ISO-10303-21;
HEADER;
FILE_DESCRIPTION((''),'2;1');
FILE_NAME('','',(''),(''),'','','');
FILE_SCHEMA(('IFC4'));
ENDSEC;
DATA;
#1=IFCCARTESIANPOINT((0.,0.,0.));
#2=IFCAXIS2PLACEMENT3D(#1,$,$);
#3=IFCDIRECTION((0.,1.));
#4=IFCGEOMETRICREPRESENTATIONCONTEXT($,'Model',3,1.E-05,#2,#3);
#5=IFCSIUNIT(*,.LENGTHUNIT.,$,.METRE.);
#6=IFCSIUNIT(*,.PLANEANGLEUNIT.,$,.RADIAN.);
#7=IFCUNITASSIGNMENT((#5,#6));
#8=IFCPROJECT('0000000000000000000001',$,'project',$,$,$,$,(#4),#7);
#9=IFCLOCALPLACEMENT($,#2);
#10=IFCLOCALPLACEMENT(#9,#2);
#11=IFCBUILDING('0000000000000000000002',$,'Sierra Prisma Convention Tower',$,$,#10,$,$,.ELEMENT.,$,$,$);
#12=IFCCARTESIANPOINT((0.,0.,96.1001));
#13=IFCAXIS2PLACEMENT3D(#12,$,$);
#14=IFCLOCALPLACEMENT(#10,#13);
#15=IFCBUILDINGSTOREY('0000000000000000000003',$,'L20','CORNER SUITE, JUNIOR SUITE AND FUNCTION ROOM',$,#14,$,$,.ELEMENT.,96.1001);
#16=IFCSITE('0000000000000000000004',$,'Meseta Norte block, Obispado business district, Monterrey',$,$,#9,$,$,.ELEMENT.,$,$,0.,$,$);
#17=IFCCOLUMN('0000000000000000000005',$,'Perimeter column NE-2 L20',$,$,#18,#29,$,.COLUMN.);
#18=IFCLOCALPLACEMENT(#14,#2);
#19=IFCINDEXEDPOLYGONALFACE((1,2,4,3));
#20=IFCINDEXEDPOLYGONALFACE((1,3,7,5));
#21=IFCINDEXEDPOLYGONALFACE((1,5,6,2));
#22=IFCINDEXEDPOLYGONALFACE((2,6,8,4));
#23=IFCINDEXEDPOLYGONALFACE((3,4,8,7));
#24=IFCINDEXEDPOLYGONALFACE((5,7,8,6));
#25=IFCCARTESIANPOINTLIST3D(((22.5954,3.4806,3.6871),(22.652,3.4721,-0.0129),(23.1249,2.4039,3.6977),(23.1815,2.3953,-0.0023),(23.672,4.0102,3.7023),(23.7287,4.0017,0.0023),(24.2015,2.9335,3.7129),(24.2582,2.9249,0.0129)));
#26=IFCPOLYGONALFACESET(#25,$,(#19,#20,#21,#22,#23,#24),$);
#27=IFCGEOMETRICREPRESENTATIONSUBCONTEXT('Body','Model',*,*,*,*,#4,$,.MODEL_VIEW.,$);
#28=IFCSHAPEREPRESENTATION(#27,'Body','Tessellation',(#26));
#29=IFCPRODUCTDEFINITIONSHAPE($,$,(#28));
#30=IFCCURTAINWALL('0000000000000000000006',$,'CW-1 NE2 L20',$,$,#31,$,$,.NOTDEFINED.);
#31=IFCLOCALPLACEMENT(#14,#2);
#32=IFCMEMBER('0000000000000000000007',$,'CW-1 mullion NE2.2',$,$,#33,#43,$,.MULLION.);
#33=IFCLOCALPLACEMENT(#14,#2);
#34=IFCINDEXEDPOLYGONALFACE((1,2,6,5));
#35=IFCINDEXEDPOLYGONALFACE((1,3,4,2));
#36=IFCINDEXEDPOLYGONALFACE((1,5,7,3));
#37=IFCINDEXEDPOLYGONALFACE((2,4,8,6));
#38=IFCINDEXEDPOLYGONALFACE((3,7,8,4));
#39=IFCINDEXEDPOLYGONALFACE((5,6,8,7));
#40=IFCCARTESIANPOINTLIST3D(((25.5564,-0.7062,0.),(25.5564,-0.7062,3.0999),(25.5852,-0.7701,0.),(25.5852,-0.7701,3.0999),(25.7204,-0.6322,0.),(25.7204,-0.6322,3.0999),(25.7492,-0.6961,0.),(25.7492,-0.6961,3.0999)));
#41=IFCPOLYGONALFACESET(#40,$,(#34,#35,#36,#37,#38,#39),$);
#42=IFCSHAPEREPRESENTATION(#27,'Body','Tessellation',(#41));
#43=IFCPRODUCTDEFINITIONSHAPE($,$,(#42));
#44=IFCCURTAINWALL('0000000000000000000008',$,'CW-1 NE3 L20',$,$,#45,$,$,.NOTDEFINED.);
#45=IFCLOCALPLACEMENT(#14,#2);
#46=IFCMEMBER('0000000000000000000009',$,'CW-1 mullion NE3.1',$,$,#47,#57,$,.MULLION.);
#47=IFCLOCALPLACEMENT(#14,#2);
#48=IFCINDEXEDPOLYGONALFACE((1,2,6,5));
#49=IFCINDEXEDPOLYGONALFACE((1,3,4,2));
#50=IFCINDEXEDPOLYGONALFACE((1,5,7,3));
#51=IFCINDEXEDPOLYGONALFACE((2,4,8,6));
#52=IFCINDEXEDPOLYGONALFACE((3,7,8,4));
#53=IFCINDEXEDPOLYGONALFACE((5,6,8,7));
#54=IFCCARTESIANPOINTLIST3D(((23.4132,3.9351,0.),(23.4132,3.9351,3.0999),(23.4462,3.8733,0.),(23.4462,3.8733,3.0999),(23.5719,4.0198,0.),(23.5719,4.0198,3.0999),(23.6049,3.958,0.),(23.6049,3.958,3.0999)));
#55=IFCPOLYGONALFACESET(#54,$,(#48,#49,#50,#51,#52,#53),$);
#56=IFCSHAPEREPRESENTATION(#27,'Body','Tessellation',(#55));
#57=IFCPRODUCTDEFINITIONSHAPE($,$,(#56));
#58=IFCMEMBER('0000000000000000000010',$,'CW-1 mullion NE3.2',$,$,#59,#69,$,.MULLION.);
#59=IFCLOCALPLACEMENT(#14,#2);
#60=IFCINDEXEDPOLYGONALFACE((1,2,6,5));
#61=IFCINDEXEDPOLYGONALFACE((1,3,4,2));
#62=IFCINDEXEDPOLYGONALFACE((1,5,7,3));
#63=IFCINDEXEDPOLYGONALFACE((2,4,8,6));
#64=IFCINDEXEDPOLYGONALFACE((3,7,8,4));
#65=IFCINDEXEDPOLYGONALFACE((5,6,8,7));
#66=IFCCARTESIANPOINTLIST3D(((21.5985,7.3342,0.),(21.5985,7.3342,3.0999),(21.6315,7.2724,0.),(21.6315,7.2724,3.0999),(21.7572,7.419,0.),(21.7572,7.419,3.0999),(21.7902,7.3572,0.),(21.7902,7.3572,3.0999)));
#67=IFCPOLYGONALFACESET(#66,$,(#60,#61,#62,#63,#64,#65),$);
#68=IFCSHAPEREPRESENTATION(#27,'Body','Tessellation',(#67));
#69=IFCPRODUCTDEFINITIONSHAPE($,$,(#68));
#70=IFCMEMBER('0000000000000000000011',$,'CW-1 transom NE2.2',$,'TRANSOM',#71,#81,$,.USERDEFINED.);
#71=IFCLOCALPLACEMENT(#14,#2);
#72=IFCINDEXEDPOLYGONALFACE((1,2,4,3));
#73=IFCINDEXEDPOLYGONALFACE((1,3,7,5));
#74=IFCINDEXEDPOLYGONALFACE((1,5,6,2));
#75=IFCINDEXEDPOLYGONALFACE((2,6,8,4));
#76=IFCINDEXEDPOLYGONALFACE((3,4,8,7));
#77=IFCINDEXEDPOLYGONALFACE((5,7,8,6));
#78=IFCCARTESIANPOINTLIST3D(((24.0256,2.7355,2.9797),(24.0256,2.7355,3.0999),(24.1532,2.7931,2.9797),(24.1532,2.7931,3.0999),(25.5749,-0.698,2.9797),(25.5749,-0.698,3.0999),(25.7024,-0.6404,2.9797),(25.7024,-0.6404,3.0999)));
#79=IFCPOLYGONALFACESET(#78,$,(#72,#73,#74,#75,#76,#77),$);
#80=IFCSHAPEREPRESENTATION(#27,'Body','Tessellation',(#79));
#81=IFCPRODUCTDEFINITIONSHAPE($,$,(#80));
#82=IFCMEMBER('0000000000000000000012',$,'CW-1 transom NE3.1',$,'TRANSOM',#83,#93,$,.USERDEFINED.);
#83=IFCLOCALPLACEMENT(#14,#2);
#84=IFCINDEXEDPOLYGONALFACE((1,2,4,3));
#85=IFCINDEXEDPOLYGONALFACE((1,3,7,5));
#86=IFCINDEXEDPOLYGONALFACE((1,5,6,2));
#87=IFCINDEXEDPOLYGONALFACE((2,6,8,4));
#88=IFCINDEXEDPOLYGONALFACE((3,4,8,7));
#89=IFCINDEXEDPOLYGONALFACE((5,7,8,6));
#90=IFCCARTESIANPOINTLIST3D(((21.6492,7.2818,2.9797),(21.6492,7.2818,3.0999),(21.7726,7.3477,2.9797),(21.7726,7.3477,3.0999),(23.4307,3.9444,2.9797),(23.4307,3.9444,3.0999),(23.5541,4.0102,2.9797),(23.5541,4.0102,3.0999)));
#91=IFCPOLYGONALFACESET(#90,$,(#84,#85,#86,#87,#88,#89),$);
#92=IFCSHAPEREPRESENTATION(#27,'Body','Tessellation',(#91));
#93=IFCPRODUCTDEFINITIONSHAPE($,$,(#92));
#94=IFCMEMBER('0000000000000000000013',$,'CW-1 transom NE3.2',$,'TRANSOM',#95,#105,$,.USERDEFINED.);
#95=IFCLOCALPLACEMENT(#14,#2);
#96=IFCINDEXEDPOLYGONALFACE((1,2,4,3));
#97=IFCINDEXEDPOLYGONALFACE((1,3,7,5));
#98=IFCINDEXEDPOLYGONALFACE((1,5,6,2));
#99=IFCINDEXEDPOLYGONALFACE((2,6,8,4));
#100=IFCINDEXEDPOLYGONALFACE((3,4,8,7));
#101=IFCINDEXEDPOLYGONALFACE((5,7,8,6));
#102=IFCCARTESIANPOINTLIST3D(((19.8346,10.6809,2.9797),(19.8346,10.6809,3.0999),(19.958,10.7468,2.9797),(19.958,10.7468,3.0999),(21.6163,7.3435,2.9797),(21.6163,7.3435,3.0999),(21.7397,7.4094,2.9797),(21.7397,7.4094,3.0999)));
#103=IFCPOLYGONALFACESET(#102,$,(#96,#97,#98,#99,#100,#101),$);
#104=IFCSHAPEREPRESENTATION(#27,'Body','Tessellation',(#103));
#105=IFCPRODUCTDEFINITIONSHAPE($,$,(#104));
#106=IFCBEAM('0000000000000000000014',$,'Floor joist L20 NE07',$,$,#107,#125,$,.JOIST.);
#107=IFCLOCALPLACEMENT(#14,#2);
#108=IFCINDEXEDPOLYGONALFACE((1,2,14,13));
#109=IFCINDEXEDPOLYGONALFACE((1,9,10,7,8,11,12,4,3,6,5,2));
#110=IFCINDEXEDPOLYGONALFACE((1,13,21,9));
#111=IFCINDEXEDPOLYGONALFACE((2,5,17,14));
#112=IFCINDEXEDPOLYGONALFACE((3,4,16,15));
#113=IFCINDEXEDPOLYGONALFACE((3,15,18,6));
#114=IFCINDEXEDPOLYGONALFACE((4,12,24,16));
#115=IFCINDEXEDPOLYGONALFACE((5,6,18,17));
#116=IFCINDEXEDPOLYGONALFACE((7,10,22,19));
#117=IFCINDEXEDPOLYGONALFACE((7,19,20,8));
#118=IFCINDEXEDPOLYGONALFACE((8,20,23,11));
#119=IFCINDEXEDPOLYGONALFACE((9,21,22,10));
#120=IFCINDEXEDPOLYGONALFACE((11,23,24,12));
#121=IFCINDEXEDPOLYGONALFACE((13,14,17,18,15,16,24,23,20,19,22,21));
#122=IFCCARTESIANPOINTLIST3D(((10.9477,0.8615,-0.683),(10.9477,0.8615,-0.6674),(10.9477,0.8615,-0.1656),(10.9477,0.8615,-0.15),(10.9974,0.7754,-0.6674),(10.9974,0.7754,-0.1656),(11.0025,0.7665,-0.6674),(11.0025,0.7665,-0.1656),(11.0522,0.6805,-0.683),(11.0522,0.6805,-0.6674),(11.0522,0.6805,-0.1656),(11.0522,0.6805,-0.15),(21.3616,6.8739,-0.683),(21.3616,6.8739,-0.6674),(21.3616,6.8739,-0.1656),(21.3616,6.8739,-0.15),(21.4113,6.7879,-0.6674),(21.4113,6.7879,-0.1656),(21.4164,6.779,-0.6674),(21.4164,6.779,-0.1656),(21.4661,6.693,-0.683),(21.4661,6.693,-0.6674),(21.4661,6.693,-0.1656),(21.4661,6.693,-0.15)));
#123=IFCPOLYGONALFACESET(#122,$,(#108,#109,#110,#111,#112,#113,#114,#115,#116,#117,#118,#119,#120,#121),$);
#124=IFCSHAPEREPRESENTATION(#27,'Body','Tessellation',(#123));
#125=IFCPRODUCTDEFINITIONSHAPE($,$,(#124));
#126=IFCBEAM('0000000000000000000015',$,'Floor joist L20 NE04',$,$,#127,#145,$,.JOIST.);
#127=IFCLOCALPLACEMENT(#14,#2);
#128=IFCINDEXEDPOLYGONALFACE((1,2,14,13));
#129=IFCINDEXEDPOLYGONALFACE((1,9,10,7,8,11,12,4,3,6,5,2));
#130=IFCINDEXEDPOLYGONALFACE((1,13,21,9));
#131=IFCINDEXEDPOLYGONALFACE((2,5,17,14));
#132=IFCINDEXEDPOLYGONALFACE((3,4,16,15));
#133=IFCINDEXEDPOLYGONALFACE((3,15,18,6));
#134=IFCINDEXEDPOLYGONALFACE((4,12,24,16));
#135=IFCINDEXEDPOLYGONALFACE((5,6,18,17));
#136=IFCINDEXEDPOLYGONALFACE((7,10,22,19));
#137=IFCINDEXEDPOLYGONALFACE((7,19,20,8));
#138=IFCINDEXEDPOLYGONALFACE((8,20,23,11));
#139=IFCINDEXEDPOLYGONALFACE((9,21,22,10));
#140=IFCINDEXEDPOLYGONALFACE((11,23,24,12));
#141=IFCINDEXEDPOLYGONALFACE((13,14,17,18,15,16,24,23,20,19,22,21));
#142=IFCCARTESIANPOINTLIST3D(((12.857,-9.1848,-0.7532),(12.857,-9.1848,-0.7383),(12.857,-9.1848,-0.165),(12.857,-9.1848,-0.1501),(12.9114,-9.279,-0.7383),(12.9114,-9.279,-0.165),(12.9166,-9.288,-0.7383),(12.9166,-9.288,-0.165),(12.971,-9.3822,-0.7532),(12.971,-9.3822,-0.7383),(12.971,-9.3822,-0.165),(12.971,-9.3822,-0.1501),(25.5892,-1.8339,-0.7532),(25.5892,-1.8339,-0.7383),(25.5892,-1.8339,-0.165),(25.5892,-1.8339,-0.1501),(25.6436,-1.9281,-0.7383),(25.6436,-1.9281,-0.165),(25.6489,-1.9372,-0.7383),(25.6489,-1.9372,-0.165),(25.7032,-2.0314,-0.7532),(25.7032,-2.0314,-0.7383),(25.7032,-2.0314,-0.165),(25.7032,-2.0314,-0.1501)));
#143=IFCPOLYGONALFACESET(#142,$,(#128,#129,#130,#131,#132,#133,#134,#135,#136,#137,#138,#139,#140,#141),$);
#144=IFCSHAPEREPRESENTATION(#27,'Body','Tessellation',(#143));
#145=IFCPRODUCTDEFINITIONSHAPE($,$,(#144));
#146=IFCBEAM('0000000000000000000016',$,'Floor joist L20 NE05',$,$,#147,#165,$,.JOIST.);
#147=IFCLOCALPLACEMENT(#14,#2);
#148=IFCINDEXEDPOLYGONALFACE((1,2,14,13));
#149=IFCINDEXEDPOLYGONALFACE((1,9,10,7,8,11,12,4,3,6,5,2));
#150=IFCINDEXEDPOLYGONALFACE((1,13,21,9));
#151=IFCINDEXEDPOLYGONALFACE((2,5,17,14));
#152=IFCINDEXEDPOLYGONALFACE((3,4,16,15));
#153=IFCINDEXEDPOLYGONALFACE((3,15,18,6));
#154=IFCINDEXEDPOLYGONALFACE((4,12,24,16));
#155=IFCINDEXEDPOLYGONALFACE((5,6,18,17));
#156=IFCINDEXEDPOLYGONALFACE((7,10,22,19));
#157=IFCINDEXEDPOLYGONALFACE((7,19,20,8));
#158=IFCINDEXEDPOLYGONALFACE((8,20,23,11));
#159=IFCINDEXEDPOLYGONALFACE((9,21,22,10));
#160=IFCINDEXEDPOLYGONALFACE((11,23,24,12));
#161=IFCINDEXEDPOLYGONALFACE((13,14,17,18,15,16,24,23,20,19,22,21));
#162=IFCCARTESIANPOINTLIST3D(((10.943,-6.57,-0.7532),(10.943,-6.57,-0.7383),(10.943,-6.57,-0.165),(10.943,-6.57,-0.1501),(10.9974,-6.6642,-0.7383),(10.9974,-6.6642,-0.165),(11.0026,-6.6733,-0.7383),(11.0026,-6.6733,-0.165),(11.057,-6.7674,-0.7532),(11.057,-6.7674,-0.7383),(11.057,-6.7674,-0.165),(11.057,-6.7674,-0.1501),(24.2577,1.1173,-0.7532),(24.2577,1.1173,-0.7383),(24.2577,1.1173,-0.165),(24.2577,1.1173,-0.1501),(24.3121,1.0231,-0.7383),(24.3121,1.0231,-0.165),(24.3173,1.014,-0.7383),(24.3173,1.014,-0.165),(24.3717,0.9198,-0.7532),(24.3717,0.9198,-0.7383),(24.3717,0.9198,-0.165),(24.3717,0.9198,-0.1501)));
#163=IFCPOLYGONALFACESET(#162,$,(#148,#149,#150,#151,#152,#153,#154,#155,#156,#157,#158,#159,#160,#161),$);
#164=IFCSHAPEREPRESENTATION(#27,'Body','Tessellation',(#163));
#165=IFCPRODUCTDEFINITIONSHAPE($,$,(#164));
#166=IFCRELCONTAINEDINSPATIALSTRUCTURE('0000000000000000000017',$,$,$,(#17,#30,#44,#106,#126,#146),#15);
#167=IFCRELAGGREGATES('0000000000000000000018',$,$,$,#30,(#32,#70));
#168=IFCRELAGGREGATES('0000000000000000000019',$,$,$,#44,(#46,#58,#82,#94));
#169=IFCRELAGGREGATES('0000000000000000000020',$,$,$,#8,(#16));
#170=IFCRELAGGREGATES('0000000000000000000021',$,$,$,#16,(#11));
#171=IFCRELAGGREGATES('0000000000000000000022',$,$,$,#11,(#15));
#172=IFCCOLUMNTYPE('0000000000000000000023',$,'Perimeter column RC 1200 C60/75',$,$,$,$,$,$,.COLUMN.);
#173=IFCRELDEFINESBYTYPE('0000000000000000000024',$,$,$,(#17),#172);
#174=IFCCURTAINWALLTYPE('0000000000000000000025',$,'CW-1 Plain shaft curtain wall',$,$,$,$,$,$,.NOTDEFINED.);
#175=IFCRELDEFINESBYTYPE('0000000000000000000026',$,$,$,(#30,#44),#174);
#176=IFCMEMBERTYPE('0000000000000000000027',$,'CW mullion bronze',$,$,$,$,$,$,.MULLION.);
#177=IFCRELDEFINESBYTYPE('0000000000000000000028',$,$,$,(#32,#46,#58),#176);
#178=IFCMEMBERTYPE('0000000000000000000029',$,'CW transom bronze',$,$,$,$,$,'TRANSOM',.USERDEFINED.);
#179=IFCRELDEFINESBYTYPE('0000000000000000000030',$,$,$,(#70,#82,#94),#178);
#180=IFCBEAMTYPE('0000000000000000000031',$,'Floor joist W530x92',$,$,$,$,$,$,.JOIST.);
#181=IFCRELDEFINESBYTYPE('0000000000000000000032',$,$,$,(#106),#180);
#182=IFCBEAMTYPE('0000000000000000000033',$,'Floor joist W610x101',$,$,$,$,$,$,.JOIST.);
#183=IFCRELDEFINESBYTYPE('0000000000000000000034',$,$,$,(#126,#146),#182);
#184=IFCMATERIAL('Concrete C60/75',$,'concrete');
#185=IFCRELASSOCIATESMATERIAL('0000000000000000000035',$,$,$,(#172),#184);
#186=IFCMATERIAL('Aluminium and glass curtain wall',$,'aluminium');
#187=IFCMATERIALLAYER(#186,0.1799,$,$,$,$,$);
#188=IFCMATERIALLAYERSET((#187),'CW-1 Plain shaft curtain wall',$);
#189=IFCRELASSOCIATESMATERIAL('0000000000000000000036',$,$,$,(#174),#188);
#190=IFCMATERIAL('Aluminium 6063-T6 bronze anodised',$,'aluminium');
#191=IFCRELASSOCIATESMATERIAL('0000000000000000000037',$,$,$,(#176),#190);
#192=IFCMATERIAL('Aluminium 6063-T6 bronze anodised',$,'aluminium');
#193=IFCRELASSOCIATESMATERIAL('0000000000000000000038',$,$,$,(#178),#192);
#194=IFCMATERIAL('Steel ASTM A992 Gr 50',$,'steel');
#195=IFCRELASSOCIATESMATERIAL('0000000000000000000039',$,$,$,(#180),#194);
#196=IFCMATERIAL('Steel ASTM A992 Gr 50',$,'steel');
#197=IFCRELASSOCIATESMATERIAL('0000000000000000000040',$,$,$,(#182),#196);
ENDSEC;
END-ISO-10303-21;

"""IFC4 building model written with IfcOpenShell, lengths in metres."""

from ifc_helpers import new_model, si_unit, direction, frame, origin, origin_2d, place, context, subcontext, project, spatial, rectangle, i_section, extrude, material, layer, layer_set, material_profile, profile_set, type_object, element, aggregate, save


model = new_model("IFC4")

# Units and contexts
model_context = context("Model", 3, precision=1e-05, world=origin(), true_north=direction((0.0, 1.0)))
body_context = subcontext(model_context, "Body", "Model", "MODEL_VIEW")
ifc_project = project(units=[si_unit("LENGTHUNIT", "METRE"), si_unit("PLANEANGLEUNIT", "RADIAN")], contexts=[model_context])

# Site, building, storey
site_placement = place(None, origin())
site = spatial("IfcSite", under=ifc_project, at=site_placement, Name="Meseta Norte block, Obispado business district, Monterrey", CompositionType="ELEMENT", RefElevation=0.0)
building_placement = place(site_placement, origin())
building = spatial("IfcBuilding", under=site, at=building_placement, Name="Sierra Prisma Convention Tower", CompositionType="ELEMENT")
storey_placement = place(building_placement, frame((0.0, 0.0, 96.1001)))
storey = spatial("IfcBuildingStorey", under=building, at=storey_placement, Name="L20", Description="CORNER SUITE, JUNIOR SUITE AND FUNCTION ROOM", CompositionType="ELEMENT", Elevation=96.1001)

# Column
ifc_material_1 = material(Name="Concrete C60/75", Category="concrete")
ifc_material_profile_1 = material_profile(ifc_material_1, rectangle(XDim=1.2, YDim=1.2, at=origin_2d()), Name="Perimeter column RC 1200 C60/75")
ifc_profile_set_1 = profile_set([ifc_material_profile_1], Name="Concrete C60/75")
column_type = type_object("IfcColumnType", Name="Perimeter column RC 1200 C60/75", PredefinedType="COLUMN", material=ifc_profile_set_1)
column_placement = place(storey_placement, frame((23.4551, 3.1985, 0.0), z_axis=(-0.015307, 0.002309, 0.99988), x_axis=(-0.441268, 0.897332, -0.008827)))
element("IfcColumn", 1, at=column_placement, inside=storey, type_object=column_type, Name="Perimeter column NE-2 L20", PredefinedType="COLUMN", context=body_context, shape_type="SweptSolid", body=[
    extrude(rectangle(XDim=1.2, YDim=1.2, at=origin_2d()), origin(), (0.0, 0.0, 1.0), 3.7004),
])

# Curtain wall, member
ifc_material_2 = material(Name="Aluminium and glass curtain wall", Category="aluminium")
ifc_layer_1 = layer(ifc_material_2, 0.1799)
ifc_layer_set_1 = layer_set([ifc_layer_1], Name="CW-1 Plain shaft curtain wall")
curtain_wall_type = type_object("IfcCurtainWallType", Name="CW-1 Plain shaft curtain wall", PredefinedType="NOTDEFINED", material=ifc_layer_set_1)
curtain_wall_1_placement = place(storey_placement, origin())
curtain_wall_1 = element("IfcCurtainWall", 2, at=curtain_wall_1_placement, inside=storey, type_object=curtain_wall_type, Name="CW-1 NE2 L20", PredefinedType="NOTDEFINED")
ifc_material_3 = material(Name="Aluminium 6063-T6 bronze anodised", Category="aluminium")
ifc_material_profile_2 = material_profile(ifc_material_3, rectangle(XDim=0.1799, YDim=0.0701, at=origin_2d()), Name="ALU MULLION 70x180")
ifc_profile_set_2 = profile_set([ifc_material_profile_2], Name="Aluminium 6063-T6 bronze anodised")
member_type_1 = type_object("IfcMemberType", Name="CW mullion bronze", PredefinedType="MULLION", material=ifc_profile_set_2)
member_1_placement = place(storey_placement, frame((25.6528, -0.7012, 0.0), z_axis=(0.0, 0.0, 1.0), x_axis=(-0.911531, -0.411231, 0.0)))
member_1 = element("IfcMember", 3, at=member_1_placement, type_object=member_type_1, Name="CW-1 mullion NE2.2", PredefinedType="MULLION", context=body_context, shape_type="SweptSolid", body=[
    extrude(rectangle(XDim=0.1799, YDim=0.0701, at=origin_2d()), origin(), (0.0, 0.0, 1.0), 3.0999),
])

# Curtain wall, members
curtain_wall_2_placement = place(storey_placement, origin())
curtain_wall_2 = element("IfcCurtainWall", 4, at=curtain_wall_2_placement, inside=storey, type_object=curtain_wall_type, Name="CW-1 NE3 L20", PredefinedType="NOTDEFINED")
member_2_placement = place(storey_placement, frame((23.509, 3.9465, 0.0), z_axis=(0.0, 0.0, 1.0), x_axis=(-0.882176, -0.470921, 0.0)))
member_2 = element("IfcMember", 5, at=member_2_placement, type_object=member_type_1, Name="CW-1 mullion NE3.1", PredefinedType="MULLION", context=body_context, shape_type="SweptSolid", body=[
    extrude(rectangle(XDim=0.1799, YDim=0.0701, at=origin_2d()), origin(), (0.0, 0.0, 1.0), 3.0999),
])
member_3_placement = place(storey_placement, frame((21.6943, 7.3457, 0.0), z_axis=(0.0, 0.0, 1.0), x_axis=(-0.882176, -0.470921, 0.0)))
member_3 = element("IfcMember", 6, at=member_3_placement, type_object=member_type_1, Name="CW-1 mullion NE3.2", PredefinedType="MULLION", context=body_context, shape_type="SweptSolid", body=[
    extrude(rectangle(XDim=0.1799, YDim=0.0701, at=origin_2d()), origin(), (0.0, 0.0, 1.0), 3.0999),
])

# Members
ifc_material_4 = material(Name="Aluminium 6063-T6 bronze anodised", Category="aluminium")
ifc_material_profile_3 = material_profile(ifc_material_4, rectangle(XDim=0.1399, YDim=0.1201, at=origin_2d()), Name="ALU TRANSOM 120x140")
ifc_profile_set_3 = profile_set([ifc_material_profile_3], Name="Aluminium 6063-T6 bronze anodised")
member_type_2 = type_object("IfcMemberType", Name="CW transom bronze", ElementType="TRANSOM", PredefinedType="USERDEFINED", material=ifc_profile_set_3)
member_4_placement = place(storey_placement, frame((25.6387, -0.6692, 3.0398), z_axis=(-0.411291, 0.911504, 0.0), x_axis=(-0.911504, -0.411291, 0.0)))
member_4 = element("IfcMember", 7, at=member_4_placement, type_object=member_type_2, Name="CW-1 transom NE2.2", ObjectType="TRANSOM", PredefinedType="USERDEFINED", context=body_context, shape_type="SweptSolid", body=[
    extrude(rectangle(XDim=0.1399, YDim=0.1201, at=origin_2d()), origin(), (0.0, 0.0, 1.0), 3.7668),
])
member_5_placement = place(storey_placement, frame((23.4924, 3.9773, 3.0398), z_axis=(-0.470906, 0.882183, 0.0), x_axis=(-0.882183, -0.470906, 0.0)))
member_5 = element("IfcMember", 8, at=member_5_placement, type_object=member_type_2, Name="CW-1 transom NE3.1", ObjectType="TRANSOM", PredefinedType="USERDEFINED", context=body_context, shape_type="SweptSolid", body=[
    extrude(rectangle(XDim=0.1399, YDim=0.1201, at=origin_2d()), origin(), (0.0, 0.0, 1.0), 3.7832),
])
member_6_placement = place(storey_placement, frame((21.678, 7.3765, 3.0398), z_axis=(-0.470957, 0.882156, 0.0), x_axis=(-0.882156, -0.470957, 0.0)))
member_6 = element("IfcMember", 9, at=member_6_placement, type_object=member_type_2, Name="CW-1 transom NE3.2", ObjectType="TRANSOM", PredefinedType="USERDEFINED", context=body_context, shape_type="SweptSolid", body=[
    extrude(rectangle(XDim=0.1399, YDim=0.1201, at=origin_2d()), origin(), (0.0, 0.0, 1.0), 3.7832),
])

# Beams
ifc_material_5 = material(Name="Steel ASTM A992 Gr 50", Category="steel")
ifc_material_profile_4 = material_profile(ifc_material_5, i_section(OverallWidth=0.209, OverallDepth=0.533, WebThickness=0.0103, FlangeThickness=0.0156, at=origin_2d()), Name="W530x92")
ifc_profile_set_4 = profile_set([ifc_material_profile_4], Name="Steel ASTM A992 Gr 50")
beam_type_1 = type_object("IfcBeamType", Name="Floor joist W530x92", PredefinedType="JOIST", material=ifc_profile_set_4)
beam_1_placement = place(storey_placement, frame((21.4138, 6.7834, -0.4165), z_axis=(-0.866024, -0.500002, 0.0), x_axis=(0.500002, -0.866024, 0.0)))
element("IfcBeam", 10, at=beam_1_placement, inside=storey, type_object=beam_type_1, Name="Floor joist L20 NE07", PredefinedType="JOIST", context=body_context, shape_type="SweptSolid", body=[
    extrude(i_section(OverallWidth=0.209, OverallDepth=0.533, WebThickness=0.0103, FlangeThickness=0.0156, at=origin_2d()), origin(), (0.0, 0.0, 1.0), 12.0249),
])
ifc_material_6 = material(Name="Steel ASTM A992 Gr 50", Category="steel")
ifc_material_profile_5 = material_profile(ifc_material_6, i_section(OverallWidth=0.228, OverallDepth=0.603, WebThickness=0.0105, FlangeThickness=0.0149, at=origin_2d()), Name="W610x101")
ifc_profile_set_5 = profile_set([ifc_material_profile_5], Name="Steel ASTM A992 Gr 50")
beam_type_2 = type_object("IfcBeamType", Name="Floor joist W610x101", PredefinedType="JOIST", material=ifc_profile_set_5)
beam_2_placement = place(storey_placement, frame((25.6462, -1.9326, -0.4517), z_axis=(-0.866028, -0.499995, 0.0), x_axis=(0.499995, -0.866028, 0.0)))
element("IfcBeam", 11, at=beam_2_placement, inside=storey, type_object=beam_type_2, Name="Floor joist L20 NE04", PredefinedType="JOIST", context=body_context, shape_type="SweptSolid", body=[
    extrude(i_section(OverallWidth=0.228, OverallDepth=0.603, WebThickness=0.0105, FlangeThickness=0.0149, at=origin_2d()), origin(), (0.0, 0.0, 1.0), 14.7019),
])
beam_3_placement = place(storey_placement, frame((24.3147, 1.0186, -0.4517), z_axis=(-0.866025, -0.500001, 0.0), x_axis=(0.500001, -0.866025, 0.0)))
element("IfcBeam", 12, at=beam_3_placement, inside=storey, type_object=beam_type_2, Name="Floor joist L20 NE05", PredefinedType="JOIST", context=body_context, shape_type="SweptSolid", body=[
    extrude(i_section(OverallWidth=0.228, OverallDepth=0.603, WebThickness=0.0105, FlangeThickness=0.0149, at=origin_2d()), origin(), (0.0, 0.0, 1.0), 15.3745),
])

aggregate(curtain_wall_1, [member_1, member_4])
aggregate(curtain_wall_2, [member_2, member_3, member_5, member_6])

save(model, "model.ifc")
